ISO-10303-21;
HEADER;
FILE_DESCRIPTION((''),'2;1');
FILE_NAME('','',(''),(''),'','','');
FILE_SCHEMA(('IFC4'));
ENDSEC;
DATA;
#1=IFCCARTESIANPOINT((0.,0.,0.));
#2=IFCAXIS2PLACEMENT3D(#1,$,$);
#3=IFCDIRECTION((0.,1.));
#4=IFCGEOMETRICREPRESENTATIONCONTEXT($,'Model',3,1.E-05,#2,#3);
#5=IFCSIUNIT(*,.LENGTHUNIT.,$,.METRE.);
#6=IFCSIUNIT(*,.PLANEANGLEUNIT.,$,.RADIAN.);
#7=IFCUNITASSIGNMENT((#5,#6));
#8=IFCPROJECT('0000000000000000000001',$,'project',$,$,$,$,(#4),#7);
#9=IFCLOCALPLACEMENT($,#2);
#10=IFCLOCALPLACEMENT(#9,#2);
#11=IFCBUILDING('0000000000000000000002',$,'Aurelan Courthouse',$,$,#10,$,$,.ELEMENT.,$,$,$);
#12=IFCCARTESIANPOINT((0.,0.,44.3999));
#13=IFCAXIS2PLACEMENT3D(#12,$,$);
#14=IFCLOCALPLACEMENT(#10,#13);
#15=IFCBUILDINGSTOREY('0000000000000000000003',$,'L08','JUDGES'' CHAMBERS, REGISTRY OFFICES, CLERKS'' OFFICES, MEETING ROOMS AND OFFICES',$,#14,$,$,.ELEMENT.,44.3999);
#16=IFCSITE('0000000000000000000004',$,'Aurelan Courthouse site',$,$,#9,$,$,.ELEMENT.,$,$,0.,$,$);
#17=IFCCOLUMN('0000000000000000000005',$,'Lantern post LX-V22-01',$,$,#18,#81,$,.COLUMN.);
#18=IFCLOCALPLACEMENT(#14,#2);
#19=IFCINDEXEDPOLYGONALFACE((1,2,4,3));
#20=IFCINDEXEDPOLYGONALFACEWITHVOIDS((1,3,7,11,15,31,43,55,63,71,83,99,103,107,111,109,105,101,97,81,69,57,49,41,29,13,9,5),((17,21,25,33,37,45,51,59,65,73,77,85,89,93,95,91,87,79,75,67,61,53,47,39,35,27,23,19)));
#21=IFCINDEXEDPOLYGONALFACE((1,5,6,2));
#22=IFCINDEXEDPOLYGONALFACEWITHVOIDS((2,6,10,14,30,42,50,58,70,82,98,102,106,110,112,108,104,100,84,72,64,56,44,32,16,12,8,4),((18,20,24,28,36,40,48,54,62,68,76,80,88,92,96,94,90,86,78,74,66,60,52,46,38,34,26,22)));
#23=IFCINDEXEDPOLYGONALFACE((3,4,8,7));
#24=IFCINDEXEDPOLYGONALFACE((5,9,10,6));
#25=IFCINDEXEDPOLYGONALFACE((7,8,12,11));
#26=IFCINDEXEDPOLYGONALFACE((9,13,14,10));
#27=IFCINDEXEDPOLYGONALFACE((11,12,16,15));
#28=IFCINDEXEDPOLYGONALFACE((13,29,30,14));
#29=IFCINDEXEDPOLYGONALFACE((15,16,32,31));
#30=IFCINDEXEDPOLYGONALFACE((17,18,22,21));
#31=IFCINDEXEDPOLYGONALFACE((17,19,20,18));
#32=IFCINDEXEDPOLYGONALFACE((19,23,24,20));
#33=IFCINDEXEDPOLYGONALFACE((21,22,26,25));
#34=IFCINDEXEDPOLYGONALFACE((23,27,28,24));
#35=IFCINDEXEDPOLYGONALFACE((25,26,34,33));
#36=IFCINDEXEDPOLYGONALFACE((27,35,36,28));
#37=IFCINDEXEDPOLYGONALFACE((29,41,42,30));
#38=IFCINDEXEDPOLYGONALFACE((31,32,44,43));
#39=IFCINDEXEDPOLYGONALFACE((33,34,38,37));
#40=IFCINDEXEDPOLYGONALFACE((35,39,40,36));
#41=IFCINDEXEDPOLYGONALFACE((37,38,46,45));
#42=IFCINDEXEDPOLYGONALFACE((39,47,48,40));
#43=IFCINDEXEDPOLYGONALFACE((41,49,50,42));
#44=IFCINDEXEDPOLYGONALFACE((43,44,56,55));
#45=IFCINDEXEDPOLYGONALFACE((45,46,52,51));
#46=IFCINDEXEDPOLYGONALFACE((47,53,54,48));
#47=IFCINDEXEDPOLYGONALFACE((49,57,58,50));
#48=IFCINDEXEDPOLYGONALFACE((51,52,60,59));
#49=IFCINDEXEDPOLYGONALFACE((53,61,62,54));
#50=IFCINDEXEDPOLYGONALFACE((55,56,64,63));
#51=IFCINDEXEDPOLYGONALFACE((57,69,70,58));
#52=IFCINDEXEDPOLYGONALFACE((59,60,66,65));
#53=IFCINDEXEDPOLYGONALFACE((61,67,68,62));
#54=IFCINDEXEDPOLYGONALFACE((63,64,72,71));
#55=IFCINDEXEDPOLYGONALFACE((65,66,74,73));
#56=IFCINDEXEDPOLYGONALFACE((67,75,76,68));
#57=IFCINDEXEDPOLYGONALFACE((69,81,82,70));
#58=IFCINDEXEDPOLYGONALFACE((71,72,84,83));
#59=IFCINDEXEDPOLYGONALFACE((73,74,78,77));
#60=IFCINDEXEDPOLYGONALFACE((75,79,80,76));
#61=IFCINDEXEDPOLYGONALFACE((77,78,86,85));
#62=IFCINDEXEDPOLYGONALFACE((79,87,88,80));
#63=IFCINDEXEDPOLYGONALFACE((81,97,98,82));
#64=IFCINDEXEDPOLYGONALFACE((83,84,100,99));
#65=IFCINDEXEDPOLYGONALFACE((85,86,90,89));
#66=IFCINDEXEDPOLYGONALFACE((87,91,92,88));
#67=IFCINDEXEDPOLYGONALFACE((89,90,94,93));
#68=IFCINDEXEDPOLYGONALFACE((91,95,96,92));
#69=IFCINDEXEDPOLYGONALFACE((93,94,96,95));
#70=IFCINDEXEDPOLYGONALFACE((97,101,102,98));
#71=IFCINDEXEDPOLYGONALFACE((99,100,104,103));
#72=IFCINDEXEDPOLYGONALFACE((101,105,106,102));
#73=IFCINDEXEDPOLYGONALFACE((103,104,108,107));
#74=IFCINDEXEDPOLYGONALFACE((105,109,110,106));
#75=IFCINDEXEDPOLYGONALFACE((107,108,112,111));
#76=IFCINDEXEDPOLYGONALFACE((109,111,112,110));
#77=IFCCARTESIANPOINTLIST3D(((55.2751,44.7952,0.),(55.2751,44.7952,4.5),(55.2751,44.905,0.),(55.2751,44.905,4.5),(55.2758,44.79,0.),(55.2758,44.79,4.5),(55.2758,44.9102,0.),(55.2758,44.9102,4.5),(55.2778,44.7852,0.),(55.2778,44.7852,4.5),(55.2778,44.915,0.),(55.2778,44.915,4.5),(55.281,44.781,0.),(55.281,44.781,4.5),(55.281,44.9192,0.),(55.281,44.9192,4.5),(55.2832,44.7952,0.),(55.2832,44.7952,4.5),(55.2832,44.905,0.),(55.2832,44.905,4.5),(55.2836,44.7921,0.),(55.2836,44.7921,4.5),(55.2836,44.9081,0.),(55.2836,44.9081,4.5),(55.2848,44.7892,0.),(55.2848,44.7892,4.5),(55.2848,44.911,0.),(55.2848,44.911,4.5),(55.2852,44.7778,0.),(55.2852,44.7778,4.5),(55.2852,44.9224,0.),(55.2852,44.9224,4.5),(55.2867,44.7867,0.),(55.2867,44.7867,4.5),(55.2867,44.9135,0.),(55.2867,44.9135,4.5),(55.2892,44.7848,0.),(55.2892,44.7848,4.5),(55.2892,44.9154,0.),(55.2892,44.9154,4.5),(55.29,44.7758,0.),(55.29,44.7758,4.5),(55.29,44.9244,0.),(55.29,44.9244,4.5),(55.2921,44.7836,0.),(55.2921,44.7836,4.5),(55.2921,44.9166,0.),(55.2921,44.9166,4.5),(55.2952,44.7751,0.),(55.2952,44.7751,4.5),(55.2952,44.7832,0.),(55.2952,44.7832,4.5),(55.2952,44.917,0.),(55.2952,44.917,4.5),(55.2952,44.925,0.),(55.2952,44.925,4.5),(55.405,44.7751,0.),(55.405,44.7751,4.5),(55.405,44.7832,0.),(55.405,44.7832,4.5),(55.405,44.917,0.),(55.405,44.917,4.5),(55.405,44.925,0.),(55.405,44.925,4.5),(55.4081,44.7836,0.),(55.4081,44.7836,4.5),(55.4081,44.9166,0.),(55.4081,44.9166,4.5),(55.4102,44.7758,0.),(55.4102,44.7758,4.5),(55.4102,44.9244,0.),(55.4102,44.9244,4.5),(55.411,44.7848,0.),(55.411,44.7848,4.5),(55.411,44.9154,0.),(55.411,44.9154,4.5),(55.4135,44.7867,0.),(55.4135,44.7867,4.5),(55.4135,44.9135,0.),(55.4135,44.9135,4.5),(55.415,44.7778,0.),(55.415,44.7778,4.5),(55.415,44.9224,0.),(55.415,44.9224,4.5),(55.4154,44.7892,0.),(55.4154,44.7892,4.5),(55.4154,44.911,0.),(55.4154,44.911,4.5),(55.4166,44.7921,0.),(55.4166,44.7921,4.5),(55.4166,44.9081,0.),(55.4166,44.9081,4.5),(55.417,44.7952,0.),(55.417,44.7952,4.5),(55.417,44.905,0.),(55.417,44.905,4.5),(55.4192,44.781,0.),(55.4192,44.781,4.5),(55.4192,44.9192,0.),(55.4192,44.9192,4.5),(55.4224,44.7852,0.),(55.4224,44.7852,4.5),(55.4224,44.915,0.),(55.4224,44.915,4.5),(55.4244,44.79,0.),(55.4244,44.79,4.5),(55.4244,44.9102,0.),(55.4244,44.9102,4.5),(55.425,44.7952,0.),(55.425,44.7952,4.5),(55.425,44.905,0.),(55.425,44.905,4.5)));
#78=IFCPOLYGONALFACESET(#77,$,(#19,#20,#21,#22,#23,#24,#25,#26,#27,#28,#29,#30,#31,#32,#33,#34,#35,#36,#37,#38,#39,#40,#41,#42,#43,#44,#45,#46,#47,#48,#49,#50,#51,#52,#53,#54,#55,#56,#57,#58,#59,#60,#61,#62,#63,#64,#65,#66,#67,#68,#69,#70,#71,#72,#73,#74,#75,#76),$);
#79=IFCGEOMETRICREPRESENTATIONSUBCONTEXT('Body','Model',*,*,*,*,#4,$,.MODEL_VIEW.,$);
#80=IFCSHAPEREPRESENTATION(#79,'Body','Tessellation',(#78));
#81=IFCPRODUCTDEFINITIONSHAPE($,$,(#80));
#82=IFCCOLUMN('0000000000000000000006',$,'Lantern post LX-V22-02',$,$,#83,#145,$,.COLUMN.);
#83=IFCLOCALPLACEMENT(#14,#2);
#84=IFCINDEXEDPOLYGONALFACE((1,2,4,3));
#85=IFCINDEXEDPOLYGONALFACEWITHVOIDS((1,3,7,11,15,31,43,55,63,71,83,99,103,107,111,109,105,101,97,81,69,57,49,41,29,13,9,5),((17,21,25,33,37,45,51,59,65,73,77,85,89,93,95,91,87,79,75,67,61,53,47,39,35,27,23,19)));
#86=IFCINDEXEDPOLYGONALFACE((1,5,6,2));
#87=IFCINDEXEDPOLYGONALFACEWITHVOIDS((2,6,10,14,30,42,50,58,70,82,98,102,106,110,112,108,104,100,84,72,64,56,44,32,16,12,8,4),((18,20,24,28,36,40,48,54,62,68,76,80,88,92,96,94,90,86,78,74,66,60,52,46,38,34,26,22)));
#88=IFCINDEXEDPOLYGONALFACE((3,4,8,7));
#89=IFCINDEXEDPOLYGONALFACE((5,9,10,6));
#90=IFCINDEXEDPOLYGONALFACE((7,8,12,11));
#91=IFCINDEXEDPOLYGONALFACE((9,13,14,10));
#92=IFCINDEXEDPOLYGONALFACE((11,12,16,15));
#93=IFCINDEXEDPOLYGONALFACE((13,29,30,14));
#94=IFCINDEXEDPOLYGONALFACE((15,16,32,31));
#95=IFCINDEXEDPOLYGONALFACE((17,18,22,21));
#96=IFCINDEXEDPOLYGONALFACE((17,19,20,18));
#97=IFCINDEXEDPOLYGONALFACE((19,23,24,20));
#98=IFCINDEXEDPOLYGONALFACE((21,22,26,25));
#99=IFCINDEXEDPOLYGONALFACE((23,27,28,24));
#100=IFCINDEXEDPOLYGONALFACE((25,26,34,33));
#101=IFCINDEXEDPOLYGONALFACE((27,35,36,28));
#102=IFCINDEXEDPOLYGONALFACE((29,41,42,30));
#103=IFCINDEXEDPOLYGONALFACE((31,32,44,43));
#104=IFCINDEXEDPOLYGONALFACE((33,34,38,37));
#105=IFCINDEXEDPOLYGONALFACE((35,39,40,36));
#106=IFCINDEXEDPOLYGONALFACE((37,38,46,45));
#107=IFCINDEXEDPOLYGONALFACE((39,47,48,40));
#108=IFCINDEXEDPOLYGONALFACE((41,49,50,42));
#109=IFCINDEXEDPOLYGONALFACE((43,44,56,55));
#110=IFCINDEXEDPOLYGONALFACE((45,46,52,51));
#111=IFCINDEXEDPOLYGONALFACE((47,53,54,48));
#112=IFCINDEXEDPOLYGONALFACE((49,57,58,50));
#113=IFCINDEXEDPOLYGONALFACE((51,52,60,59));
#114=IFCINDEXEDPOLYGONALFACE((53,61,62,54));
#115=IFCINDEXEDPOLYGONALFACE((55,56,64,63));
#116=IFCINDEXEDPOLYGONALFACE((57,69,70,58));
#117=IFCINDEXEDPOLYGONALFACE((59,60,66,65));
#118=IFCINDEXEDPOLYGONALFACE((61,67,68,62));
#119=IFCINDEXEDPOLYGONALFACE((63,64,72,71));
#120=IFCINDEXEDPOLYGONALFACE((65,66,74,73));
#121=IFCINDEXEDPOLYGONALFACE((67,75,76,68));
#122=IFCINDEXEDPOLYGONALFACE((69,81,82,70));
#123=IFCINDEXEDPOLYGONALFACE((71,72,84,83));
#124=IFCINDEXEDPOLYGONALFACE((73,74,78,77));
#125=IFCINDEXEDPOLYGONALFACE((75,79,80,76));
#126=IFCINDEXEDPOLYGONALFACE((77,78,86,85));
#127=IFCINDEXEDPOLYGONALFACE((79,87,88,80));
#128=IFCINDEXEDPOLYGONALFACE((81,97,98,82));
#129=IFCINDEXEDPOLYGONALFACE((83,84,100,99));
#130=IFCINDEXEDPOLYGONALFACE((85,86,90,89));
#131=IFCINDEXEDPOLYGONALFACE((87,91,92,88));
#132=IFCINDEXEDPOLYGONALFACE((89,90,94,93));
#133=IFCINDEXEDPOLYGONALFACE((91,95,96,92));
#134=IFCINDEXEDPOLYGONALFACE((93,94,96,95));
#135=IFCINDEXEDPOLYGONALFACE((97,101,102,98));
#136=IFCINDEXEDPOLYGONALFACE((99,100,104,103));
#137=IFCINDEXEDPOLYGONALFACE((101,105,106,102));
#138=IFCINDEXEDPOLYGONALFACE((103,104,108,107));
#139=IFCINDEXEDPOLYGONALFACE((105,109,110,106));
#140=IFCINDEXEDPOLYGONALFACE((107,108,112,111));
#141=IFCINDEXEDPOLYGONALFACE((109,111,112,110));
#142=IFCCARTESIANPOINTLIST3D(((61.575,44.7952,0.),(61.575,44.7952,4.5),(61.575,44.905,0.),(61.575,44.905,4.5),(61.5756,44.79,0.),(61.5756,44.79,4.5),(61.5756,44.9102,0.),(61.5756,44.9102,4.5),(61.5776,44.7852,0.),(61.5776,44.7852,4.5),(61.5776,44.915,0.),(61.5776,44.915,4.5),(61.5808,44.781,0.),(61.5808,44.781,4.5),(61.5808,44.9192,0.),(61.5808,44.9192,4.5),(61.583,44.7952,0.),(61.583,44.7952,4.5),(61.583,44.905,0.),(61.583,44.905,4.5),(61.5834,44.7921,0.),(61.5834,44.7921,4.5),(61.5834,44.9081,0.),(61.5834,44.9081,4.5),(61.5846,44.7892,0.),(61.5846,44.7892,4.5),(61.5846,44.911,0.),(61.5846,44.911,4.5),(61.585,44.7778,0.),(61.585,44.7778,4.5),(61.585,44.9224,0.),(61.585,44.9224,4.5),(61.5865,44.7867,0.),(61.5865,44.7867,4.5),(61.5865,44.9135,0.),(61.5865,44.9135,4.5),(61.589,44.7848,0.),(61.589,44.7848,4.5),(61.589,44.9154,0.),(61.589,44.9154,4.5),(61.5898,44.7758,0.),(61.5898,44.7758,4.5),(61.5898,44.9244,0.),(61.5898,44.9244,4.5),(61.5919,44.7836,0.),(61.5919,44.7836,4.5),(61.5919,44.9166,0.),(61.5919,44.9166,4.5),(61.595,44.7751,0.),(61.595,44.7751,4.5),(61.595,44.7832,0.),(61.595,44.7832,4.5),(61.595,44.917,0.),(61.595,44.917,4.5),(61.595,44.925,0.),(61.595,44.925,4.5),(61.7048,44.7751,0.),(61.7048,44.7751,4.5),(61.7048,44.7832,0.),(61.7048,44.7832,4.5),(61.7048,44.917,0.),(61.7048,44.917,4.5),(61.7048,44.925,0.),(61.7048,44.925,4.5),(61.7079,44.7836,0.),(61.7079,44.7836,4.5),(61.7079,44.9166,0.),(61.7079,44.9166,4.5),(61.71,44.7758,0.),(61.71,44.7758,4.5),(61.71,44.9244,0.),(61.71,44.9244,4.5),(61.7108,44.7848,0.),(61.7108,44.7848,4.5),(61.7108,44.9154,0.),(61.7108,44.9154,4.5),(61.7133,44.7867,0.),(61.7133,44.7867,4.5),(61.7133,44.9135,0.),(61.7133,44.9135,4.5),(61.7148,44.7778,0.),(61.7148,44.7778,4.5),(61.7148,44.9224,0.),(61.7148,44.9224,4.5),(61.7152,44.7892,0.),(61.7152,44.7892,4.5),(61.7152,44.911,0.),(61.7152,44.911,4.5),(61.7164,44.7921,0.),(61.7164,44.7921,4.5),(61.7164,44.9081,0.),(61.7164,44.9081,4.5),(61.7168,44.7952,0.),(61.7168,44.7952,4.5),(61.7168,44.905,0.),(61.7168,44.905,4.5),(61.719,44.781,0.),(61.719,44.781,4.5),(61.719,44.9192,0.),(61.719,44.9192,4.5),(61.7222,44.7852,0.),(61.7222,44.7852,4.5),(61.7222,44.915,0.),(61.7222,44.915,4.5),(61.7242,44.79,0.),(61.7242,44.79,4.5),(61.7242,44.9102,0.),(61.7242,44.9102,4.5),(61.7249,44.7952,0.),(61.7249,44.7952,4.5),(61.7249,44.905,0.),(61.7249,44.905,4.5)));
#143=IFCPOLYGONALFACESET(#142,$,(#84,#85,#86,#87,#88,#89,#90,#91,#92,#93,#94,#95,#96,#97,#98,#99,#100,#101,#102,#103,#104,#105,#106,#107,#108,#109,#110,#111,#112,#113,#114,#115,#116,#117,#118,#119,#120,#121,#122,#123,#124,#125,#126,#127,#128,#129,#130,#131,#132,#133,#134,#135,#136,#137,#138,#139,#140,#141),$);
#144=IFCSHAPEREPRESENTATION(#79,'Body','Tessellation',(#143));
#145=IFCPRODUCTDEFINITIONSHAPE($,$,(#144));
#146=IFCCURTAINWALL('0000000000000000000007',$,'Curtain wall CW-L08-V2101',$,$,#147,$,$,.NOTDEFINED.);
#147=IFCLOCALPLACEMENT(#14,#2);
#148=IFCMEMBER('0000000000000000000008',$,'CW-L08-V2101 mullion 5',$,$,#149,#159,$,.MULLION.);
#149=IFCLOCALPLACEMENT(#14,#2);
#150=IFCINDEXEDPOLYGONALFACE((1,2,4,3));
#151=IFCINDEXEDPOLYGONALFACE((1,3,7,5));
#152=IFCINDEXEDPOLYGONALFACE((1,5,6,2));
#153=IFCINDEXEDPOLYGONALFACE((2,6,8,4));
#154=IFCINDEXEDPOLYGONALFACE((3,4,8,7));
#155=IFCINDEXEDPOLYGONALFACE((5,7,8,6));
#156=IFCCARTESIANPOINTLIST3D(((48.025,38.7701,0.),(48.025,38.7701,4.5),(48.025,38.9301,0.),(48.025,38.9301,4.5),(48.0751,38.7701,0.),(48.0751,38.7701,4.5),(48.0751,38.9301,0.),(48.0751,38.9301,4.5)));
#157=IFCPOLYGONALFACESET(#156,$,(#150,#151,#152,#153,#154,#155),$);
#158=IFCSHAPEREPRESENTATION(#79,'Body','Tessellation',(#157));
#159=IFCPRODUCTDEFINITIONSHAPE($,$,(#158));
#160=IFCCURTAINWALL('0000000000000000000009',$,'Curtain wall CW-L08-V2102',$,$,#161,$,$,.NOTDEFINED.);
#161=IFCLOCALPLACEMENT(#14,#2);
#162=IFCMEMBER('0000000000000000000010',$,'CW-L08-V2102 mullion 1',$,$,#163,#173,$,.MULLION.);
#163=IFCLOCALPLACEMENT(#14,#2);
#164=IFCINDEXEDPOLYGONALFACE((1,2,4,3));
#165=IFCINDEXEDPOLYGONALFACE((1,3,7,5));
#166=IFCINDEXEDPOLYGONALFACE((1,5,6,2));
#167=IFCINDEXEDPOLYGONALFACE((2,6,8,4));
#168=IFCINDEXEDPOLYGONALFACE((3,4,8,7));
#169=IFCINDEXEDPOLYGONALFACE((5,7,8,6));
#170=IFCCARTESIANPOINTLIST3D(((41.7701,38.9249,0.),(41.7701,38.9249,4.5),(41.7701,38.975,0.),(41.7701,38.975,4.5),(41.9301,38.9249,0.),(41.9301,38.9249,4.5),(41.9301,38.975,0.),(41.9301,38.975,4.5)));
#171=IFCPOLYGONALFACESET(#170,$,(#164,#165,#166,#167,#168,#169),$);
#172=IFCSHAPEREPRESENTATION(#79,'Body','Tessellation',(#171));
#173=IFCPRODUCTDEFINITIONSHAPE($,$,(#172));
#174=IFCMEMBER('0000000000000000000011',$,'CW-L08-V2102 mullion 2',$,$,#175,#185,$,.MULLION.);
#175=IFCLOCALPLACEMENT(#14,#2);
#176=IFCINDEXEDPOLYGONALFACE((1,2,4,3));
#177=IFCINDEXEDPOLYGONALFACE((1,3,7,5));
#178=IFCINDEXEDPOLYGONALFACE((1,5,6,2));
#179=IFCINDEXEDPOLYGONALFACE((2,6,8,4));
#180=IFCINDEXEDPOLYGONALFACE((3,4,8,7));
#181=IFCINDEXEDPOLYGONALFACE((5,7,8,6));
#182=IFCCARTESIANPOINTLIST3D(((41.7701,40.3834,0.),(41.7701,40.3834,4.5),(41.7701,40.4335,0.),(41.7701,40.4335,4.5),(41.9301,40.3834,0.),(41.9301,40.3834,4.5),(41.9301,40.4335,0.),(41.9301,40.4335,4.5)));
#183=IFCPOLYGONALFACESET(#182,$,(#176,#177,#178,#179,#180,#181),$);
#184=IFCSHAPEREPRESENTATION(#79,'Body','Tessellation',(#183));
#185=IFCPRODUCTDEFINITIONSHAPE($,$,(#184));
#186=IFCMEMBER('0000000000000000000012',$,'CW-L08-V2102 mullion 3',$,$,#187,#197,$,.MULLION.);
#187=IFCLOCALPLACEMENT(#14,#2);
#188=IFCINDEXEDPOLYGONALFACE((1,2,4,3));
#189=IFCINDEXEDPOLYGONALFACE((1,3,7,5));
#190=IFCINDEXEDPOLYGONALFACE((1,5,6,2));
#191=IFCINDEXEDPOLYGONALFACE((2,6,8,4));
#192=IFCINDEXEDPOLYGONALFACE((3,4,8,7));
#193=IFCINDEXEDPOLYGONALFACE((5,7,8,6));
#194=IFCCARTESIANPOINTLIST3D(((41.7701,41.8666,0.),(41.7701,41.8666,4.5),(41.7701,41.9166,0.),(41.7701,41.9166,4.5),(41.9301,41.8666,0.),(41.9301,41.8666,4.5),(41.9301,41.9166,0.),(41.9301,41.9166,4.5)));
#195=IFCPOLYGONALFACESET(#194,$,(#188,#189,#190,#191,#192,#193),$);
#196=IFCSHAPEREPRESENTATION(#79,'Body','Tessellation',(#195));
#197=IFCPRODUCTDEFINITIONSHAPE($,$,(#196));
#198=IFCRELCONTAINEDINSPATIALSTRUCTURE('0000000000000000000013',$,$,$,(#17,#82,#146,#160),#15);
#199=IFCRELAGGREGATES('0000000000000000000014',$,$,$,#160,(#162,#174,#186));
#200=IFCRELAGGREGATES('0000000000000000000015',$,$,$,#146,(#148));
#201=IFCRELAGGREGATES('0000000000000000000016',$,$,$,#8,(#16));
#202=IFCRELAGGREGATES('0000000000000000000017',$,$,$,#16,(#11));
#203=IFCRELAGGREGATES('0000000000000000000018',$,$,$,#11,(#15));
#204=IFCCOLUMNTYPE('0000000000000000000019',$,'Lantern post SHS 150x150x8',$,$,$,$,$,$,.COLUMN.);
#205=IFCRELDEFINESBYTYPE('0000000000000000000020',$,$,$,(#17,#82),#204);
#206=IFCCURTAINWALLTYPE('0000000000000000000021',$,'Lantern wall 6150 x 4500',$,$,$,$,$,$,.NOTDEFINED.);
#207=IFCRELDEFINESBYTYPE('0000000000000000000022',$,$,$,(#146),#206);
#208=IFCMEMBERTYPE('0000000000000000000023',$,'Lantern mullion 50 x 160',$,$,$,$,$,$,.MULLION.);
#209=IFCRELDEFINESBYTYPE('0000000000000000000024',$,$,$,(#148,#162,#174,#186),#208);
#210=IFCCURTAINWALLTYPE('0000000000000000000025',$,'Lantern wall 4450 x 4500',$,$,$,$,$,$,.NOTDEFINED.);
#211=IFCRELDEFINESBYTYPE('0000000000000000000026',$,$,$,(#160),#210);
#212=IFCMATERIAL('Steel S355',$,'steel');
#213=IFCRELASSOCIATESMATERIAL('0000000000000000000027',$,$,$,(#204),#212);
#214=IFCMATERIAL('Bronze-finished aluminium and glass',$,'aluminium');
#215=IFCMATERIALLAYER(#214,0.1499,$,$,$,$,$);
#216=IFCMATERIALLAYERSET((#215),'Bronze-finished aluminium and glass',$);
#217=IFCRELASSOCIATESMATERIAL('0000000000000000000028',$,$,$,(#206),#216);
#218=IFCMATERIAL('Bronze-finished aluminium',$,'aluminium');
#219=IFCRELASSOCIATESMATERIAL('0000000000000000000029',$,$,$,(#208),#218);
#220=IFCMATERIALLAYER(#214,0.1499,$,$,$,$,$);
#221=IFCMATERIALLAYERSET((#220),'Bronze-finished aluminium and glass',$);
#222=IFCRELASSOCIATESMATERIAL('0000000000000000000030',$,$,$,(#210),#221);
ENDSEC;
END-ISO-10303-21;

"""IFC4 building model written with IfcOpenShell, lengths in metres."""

from ifc_helpers import new_model, si_unit, direction, frame, origin, origin_2d, place, context, subcontext, project, spatial, rectangle, hollow_rectangle, extrude, material, layer, layer_set, material_profile, profile_set, type_object, element, aggregate, save


model = new_model("IFC4")

# Units and contexts
model_context = context("Model", 3, precision=1e-05, world=origin(), true_north=direction((0.0, 1.0)))
body_context = subcontext(model_context, "Body", "Model", "MODEL_VIEW")
ifc_project = project(units=[si_unit("LENGTHUNIT", "METRE"), si_unit("PLANEANGLEUNIT", "RADIAN")], contexts=[model_context])

# Site, building, storey
site_placement = place(None, origin())
site = spatial("IfcSite", under=ifc_project, at=site_placement, Name="Aurelan Courthouse site", CompositionType="ELEMENT", RefElevation=0.0)
building_placement = place(site_placement, origin())
building = spatial("IfcBuilding", under=site, at=building_placement, Name="Aurelan Courthouse", CompositionType="ELEMENT")
storey_placement = place(building_placement, frame((0.0, 0.0, 44.3999)))
storey = spatial("IfcBuildingStorey", under=building, at=storey_placement, Name="L08", Description="JUDGES' CHAMBERS, REGISTRY OFFICES, CLERKS' OFFICES, MEETING ROOMS AND OFFICES", CompositionType="ELEMENT", Elevation=44.3999)

# Columns
ifc_material_1 = material(Name="Steel S355", Category="steel")
ifc_material_profile_1 = material_profile(ifc_material_1, hollow_rectangle(XDim=0.1499, YDim=0.1499, WallThickness=0.0081, InnerFilletRadius=0.012, OuterFilletRadius=0.02, at=origin_2d()), Name="SHS 150x150x8")
ifc_profile_set_1 = profile_set([ifc_material_profile_1], Name="Steel S355")
column_type = type_object("IfcColumnType", Name="Lantern post SHS 150x150x8", PredefinedType="COLUMN", material=ifc_profile_set_1)
for number, where, z_axis, x_axis, name in (
    (1, (55.3501, 44.8501, 0.0), (0.0, 0.0, 1.0), (1.0, 0.0, 0.0), "Lantern post LX-V22-01"),
    (2, (61.6499, 44.8501, 0.0), (0.0, 0.0, 1.0), (1.0, 0.0, 0.0), "Lantern post LX-V22-02"),
):
    element("IfcColumn", number, at=place(storey_placement, frame(where, z_axis=z_axis, x_axis=x_axis)), inside=storey, type_object=column_type, Name=name, PredefinedType="COLUMN", context=body_context, shape_type="SweptSolid", body=[
        extrude(hollow_rectangle(XDim=0.1499, YDim=0.1499, WallThickness=0.0081, InnerFilletRadius=0.012, OuterFilletRadius=0.02, at=origin_2d()), origin(), (0.0, 0.0, 1.0), 4.5),
    ])

# Curtain wall, member
ifc_material_2 = material(Name="Bronze-finished aluminium and glass", Category="aluminium")
ifc_layer_1 = layer(ifc_material_2, 0.1499)
ifc_layer_set_1 = layer_set([ifc_layer_1], Name="Bronze-finished aluminium and glass")
curtain_wall_type_1 = type_object("IfcCurtainWallType", Name="Lantern wall 6150 x 4500", PredefinedType="NOTDEFINED", material=ifc_layer_set_1)
curtain_wall_1_placement = place(storey_placement, origin())
curtain_wall_1 = element("IfcCurtainWall", 3, at=curtain_wall_1_placement, inside=storey, type_object=curtain_wall_type_1, Name="Curtain wall CW-L08-V2101", PredefinedType="NOTDEFINED")
ifc_material_3 = material(Name="Bronze-finished aluminium", Category="aluminium")
ifc_material_profile_2 = material_profile(ifc_material_3, rectangle(XDim=0.1599, YDim=0.05, at=origin_2d()), Name="Lantern mullion 50 x 160")
ifc_profile_set_2 = profile_set([ifc_material_profile_2], Name="Bronze-finished aluminium")
member_type_1 = type_object("IfcMemberType", Name="Lantern mullion 50 x 160", PredefinedType="MULLION", material=ifc_profile_set_2)
member_1_placement = place(storey_placement, frame((48.05, 38.8501, 0.0), z_axis=(0.0, 0.0, 1.0), x_axis=(0.0, 1.0, 0.0)))
member_1 = element("IfcMember", 4, at=member_1_placement, type_object=member_type_1, Name="CW-L08-V2101 mullion 5", PredefinedType="MULLION", context=body_context, shape_type="SweptSolid", body=[
    extrude(rectangle(XDim=0.1599, YDim=0.05, at=origin_2d()), origin(), (0.0, 0.0, 1.0), 4.5),
])

# Curtain wall, members
ifc_layer_2 = layer(ifc_material_2, 0.1499)
ifc_layer_set_2 = layer_set([ifc_layer_2], Name="Bronze-finished aluminium and glass")
curtain_wall_type_2 = type_object("IfcCurtainWallType", Name="Lantern wall 4450 x 4500", PredefinedType="NOTDEFINED", material=ifc_layer_set_2)
curtain_wall_2_placement = place(storey_placement, origin())
curtain_wall_2 = element("IfcCurtainWall", 5, at=curtain_wall_2_placement, inside=storey, type_object=curtain_wall_type_2, Name="Curtain wall CW-L08-V2102", PredefinedType="NOTDEFINED")
member_2_placement = place(storey_placement, frame((41.8501, 38.95, 0.0), z_axis=(0.0, 0.0, 1.0), x_axis=(-1.0, 0.0, 0.0)))
member_2 = element("IfcMember", 6, at=member_2_placement, type_object=member_type_1, Name="CW-L08-V2102 mullion 1", PredefinedType="MULLION", context=body_context, shape_type="SweptSolid", body=[
    extrude(rectangle(XDim=0.1599, YDim=0.05, at=origin_2d()), origin(), (0.0, 0.0, 1.0), 4.5),
])
member_3_placement = place(storey_placement, frame((41.8501, 40.4084, 0.0), z_axis=(0.0, 0.0, 1.0), x_axis=(-1.0, 0.0, 0.0)))
member_3 = element("IfcMember", 7, at=member_3_placement, type_object=member_type_1, Name="CW-L08-V2102 mullion 2", PredefinedType="MULLION", context=body_context, shape_type="SweptSolid", body=[
    extrude(rectangle(XDim=0.1599, YDim=0.05, at=origin_2d()), origin(), (0.0, 0.0, 1.0), 4.5),
])
member_4_placement = place(storey_placement, frame((41.8501, 41.8916, 0.0), z_axis=(0.0, 0.0, 1.0), x_axis=(-1.0, 0.0, 0.0)))
member_4 = element("IfcMember", 8, at=member_4_placement, type_object=member_type_1, Name="CW-L08-V2102 mullion 3", PredefinedType="MULLION", context=body_context, shape_type="SweptSolid", body=[
    extrude(rectangle(XDim=0.1599, YDim=0.05, at=origin_2d()), origin(), (0.0, 0.0, 1.0), 4.5),
])
aggregate(curtain_wall_2, [member_2, member_3, member_4])

aggregate(curtain_wall_1, [member_1])

save(model, "model.ifc")
